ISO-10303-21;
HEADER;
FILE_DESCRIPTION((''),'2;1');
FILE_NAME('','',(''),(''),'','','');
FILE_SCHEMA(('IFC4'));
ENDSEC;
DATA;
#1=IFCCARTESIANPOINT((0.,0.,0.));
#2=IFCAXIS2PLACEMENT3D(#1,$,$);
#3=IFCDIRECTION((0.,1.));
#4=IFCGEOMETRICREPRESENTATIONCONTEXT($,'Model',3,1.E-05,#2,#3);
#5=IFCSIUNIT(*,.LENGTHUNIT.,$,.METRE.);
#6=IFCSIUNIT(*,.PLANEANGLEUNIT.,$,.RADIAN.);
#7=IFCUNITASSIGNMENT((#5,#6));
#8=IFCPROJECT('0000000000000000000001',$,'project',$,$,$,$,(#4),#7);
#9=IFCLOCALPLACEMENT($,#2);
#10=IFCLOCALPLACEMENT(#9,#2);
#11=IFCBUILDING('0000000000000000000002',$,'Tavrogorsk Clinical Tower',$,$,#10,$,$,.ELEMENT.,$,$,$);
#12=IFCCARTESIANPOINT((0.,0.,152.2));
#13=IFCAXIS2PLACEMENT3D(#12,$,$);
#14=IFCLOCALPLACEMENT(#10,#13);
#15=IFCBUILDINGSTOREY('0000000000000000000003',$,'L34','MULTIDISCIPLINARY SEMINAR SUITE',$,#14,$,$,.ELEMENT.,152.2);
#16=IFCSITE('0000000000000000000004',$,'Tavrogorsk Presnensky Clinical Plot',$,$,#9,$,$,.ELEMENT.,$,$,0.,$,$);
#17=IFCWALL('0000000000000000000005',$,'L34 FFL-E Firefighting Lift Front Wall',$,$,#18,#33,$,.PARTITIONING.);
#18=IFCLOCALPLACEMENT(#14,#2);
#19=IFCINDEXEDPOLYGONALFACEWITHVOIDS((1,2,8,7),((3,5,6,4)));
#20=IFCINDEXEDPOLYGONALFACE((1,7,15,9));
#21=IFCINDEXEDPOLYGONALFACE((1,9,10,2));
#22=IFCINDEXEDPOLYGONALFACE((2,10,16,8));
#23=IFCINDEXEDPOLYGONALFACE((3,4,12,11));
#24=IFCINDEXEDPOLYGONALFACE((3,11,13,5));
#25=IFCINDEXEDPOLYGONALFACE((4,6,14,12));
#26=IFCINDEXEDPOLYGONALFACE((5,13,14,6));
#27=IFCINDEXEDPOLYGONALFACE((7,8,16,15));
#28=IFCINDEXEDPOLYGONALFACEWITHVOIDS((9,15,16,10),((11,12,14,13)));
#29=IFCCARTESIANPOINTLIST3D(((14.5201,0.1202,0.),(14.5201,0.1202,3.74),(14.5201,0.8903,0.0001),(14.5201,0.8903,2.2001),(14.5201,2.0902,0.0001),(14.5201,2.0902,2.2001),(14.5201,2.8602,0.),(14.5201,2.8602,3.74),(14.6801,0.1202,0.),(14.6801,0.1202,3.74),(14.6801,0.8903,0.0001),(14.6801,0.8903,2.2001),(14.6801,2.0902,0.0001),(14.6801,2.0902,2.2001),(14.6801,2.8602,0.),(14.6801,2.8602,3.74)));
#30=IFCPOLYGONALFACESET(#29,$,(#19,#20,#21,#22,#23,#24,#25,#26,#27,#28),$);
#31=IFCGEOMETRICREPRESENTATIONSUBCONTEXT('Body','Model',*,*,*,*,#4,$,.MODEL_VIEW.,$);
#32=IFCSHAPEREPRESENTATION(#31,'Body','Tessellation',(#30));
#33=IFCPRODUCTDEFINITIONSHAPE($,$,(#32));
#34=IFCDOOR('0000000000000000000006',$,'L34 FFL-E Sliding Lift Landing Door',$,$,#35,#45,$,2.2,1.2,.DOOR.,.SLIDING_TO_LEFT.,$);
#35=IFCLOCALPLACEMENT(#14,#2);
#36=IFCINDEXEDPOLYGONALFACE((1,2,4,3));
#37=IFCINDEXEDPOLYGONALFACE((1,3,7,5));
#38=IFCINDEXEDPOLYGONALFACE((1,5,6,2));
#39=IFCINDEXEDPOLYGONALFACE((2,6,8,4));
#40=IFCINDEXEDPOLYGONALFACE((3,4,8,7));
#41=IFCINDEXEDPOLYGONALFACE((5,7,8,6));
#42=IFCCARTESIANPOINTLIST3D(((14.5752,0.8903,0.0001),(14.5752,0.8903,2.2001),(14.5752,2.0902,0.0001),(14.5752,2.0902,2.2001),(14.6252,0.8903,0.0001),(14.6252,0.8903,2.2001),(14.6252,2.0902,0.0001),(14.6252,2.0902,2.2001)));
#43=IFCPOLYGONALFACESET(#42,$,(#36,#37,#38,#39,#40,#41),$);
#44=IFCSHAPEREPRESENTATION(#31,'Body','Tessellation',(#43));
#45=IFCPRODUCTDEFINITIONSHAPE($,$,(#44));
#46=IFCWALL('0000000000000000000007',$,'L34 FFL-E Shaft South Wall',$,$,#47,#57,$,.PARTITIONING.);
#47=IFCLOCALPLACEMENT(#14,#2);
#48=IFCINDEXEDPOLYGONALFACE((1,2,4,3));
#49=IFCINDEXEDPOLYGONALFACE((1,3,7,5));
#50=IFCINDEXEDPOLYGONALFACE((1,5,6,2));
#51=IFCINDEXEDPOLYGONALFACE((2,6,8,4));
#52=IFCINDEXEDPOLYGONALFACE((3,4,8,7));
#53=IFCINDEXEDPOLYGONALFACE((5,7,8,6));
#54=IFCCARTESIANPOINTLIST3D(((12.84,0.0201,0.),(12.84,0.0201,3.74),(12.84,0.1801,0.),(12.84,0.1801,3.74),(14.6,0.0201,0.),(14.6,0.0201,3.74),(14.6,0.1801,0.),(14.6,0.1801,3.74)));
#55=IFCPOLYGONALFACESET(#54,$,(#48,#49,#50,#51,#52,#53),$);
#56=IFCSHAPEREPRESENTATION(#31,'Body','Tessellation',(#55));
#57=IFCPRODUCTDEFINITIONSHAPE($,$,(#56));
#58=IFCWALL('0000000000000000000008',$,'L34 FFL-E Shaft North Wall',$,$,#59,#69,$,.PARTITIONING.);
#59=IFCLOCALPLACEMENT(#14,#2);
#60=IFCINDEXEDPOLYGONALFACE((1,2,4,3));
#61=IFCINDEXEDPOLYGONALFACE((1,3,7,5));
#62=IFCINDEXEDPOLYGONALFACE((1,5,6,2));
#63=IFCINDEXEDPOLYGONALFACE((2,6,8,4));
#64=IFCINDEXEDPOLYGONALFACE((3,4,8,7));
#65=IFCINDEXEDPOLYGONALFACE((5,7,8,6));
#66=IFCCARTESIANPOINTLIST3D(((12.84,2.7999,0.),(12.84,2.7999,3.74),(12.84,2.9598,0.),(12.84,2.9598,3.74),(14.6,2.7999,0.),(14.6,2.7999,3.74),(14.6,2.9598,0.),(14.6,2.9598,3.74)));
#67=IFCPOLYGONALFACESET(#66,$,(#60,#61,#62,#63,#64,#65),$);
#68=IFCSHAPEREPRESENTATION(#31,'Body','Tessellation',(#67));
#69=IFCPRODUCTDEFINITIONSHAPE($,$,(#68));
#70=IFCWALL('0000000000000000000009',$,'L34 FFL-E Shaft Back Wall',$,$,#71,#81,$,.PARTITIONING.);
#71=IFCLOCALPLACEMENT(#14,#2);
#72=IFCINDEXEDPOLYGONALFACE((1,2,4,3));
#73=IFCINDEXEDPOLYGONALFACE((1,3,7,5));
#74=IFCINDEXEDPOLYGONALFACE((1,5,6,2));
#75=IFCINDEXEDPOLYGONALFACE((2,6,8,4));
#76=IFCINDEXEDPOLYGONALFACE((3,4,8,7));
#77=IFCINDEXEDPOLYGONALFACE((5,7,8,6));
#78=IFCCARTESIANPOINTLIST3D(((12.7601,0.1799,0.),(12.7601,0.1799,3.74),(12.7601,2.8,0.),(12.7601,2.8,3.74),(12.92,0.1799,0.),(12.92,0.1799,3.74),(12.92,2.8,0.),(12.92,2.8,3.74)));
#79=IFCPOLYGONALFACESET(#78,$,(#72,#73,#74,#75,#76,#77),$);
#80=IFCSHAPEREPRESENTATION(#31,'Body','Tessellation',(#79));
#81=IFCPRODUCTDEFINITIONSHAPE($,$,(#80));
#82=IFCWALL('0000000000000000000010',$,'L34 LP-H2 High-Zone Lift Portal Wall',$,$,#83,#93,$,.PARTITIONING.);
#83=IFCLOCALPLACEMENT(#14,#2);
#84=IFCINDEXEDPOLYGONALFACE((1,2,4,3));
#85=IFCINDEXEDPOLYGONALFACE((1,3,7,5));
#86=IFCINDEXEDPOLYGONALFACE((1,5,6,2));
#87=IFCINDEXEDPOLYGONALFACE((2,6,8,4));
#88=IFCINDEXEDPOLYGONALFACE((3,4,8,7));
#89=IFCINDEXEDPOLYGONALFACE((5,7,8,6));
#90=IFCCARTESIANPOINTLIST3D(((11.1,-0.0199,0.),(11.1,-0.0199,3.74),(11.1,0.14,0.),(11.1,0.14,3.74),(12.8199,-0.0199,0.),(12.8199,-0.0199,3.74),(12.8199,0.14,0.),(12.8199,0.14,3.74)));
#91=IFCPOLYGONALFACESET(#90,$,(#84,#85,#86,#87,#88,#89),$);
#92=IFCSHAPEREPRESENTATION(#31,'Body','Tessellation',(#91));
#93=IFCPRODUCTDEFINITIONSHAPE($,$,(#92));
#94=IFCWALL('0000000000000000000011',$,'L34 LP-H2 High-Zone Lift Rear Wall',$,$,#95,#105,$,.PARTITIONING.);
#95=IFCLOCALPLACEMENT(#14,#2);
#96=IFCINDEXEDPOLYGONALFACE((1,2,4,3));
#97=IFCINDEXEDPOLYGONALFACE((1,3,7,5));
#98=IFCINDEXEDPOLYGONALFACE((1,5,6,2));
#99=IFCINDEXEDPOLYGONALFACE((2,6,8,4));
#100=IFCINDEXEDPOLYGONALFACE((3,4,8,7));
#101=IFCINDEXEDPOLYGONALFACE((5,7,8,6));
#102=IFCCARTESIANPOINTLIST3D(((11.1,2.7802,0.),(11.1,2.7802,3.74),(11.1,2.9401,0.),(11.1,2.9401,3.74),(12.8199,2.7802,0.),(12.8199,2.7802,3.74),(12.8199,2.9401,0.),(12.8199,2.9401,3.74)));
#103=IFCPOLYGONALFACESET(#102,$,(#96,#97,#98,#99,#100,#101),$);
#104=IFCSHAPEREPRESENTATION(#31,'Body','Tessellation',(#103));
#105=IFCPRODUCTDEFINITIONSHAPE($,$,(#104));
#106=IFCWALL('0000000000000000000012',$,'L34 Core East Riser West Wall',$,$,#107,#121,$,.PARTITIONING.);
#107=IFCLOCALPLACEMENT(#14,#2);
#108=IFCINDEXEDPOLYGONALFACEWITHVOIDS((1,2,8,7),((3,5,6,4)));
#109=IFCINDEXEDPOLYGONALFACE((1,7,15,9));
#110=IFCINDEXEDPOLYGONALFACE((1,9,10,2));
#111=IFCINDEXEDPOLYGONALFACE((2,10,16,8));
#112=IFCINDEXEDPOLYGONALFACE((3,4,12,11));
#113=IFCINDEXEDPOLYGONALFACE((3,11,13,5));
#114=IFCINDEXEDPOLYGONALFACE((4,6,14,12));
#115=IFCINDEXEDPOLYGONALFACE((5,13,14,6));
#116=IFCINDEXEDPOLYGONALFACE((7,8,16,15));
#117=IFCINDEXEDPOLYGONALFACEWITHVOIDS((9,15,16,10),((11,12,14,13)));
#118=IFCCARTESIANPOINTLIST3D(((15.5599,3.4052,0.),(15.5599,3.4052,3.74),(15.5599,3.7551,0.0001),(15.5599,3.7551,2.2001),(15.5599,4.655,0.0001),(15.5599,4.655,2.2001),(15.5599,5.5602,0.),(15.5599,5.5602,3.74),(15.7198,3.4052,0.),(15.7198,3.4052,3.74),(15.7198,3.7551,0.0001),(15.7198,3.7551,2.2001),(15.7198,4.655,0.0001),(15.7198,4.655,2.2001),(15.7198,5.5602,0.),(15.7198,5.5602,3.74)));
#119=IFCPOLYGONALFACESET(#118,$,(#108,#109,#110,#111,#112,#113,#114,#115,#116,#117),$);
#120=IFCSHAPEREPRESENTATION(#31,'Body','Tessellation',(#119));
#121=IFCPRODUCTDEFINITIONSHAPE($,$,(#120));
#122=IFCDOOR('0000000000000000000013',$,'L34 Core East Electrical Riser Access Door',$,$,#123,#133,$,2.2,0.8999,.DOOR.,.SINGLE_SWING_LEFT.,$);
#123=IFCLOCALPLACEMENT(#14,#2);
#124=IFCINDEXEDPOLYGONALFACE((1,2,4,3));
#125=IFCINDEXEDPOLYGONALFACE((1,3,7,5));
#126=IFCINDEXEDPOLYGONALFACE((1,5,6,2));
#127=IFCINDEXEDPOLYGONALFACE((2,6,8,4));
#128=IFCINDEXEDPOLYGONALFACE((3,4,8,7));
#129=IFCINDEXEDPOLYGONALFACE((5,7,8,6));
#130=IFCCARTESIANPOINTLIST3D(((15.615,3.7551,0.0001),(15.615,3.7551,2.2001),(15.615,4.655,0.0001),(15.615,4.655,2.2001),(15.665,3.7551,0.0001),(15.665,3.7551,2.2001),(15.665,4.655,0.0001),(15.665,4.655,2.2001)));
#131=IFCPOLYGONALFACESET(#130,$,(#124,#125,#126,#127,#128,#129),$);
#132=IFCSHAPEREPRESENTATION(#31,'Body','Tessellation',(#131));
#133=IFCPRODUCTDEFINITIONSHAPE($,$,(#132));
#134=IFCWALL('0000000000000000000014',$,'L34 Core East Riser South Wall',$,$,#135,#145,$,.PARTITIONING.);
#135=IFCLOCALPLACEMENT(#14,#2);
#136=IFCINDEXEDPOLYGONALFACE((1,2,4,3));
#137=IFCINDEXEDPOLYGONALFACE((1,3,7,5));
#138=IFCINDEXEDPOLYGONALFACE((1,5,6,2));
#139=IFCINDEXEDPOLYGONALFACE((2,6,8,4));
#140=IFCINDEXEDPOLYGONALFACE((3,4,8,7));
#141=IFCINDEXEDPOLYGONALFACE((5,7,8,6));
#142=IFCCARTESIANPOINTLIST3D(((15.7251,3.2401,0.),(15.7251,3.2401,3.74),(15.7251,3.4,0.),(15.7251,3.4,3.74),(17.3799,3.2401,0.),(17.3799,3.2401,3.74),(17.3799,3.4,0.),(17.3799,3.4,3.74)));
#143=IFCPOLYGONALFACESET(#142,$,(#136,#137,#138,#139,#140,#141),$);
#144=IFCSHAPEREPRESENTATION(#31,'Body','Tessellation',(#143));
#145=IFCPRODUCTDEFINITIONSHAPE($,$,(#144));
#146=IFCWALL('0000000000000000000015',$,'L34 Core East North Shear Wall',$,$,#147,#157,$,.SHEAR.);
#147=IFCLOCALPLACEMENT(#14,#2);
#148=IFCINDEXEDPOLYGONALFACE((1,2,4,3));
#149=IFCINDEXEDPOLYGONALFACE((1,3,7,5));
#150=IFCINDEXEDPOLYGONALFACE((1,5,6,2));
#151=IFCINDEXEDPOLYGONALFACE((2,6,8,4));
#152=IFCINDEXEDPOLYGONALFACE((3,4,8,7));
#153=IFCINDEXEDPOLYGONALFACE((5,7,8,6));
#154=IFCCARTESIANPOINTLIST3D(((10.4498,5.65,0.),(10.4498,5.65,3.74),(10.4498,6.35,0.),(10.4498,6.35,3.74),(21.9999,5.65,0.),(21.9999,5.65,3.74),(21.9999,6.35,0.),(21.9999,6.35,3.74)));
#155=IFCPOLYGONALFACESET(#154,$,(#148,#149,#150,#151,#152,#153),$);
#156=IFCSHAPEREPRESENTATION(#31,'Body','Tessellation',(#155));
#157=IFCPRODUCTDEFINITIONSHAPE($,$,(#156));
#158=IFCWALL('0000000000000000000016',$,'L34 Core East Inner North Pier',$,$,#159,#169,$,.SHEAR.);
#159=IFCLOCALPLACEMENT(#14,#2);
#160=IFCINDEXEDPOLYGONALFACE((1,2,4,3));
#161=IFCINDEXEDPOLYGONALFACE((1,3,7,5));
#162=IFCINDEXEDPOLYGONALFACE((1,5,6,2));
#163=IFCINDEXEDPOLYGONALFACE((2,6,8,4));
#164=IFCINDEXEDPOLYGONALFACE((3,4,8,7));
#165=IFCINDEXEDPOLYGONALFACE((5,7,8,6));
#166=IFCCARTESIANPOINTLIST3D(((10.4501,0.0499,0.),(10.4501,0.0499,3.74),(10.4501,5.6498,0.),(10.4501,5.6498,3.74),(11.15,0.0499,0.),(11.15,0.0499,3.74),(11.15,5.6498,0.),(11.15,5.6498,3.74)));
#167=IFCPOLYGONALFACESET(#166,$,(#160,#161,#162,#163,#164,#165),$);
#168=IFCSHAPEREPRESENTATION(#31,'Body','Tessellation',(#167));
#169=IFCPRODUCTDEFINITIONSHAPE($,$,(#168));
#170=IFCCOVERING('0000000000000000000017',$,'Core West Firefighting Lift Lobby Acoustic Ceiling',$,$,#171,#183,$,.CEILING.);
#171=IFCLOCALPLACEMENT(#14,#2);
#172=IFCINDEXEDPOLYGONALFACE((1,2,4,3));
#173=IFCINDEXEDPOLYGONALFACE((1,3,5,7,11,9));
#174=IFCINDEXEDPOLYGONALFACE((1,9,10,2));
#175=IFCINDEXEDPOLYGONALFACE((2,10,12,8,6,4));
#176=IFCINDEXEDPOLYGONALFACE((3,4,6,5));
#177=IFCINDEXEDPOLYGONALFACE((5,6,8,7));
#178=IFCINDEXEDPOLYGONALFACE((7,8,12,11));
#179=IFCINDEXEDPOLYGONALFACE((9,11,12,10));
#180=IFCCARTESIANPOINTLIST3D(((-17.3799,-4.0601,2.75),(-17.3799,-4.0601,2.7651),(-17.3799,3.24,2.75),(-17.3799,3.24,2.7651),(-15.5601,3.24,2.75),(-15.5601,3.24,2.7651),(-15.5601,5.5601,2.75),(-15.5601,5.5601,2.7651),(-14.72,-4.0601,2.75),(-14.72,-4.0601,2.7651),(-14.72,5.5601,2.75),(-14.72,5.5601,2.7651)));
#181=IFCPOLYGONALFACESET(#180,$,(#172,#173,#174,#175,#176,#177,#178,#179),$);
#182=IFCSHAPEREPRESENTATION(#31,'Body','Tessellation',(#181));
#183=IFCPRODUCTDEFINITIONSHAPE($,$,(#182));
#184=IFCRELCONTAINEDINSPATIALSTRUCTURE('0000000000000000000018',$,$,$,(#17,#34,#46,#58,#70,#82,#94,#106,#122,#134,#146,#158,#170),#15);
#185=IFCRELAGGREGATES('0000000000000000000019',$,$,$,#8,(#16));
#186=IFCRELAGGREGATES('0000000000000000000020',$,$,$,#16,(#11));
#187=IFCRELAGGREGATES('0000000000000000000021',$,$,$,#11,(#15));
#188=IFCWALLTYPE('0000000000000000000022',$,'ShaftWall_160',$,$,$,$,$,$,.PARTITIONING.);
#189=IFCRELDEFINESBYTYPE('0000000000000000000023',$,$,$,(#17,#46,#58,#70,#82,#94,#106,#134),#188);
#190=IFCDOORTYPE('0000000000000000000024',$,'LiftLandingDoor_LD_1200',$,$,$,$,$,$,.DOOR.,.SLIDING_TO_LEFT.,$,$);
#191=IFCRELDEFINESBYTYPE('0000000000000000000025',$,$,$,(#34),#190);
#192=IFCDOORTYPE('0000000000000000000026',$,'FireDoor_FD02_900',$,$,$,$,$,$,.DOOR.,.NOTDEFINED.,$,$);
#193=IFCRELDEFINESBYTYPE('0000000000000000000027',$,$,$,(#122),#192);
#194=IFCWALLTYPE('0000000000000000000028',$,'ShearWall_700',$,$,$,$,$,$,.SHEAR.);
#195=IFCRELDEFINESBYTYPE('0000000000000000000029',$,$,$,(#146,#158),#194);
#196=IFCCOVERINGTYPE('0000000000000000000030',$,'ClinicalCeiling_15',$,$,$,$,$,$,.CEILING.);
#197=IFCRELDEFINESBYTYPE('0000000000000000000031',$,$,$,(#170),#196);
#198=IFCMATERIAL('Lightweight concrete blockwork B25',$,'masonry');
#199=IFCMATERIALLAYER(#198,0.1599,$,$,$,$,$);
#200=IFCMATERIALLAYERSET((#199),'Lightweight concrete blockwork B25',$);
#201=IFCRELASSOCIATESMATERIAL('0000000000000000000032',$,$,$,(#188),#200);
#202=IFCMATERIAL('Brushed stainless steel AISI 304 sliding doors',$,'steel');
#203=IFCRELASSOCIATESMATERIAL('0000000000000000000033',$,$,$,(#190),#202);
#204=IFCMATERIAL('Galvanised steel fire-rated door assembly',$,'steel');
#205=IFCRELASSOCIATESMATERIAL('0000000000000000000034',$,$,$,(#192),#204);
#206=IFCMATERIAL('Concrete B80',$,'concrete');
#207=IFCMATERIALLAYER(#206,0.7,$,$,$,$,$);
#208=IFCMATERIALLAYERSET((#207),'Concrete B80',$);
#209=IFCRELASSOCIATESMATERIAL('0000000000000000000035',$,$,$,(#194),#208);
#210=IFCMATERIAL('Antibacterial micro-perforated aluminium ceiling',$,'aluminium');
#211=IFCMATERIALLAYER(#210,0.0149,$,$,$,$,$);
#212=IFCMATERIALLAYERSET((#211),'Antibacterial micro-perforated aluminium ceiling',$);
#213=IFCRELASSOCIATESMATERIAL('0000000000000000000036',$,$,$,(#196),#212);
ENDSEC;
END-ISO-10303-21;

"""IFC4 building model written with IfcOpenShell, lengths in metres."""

from ifc_helpers import new_model, si_unit, direction, frame, frame_2d, origin, place, context, subcontext, project, spatial, polyline, rectangle, outline, extrude, material, layer, layer_set, type_object, element, fill, save


model = new_model("IFC4")

# Units and contexts
model_context = context("Model", 3, precision=1e-05, world=origin(), true_north=direction((0.0, 1.0)))
body_context = subcontext(model_context, "Body", "Model", "MODEL_VIEW")
ifc_project = project(units=[si_unit("LENGTHUNIT", "METRE"), si_unit("PLANEANGLEUNIT", "RADIAN")], contexts=[model_context])

# Site, building, storey
site_placement = place(None, origin())
site = spatial("IfcSite", under=ifc_project, at=site_placement, Name="Tavrogorsk Presnensky Clinical Plot", CompositionType="ELEMENT", RefElevation=0.0)
building_placement = place(site_placement, origin())
building = spatial("IfcBuilding", under=site, at=building_placement, Name="Tavrogorsk Clinical Tower", CompositionType="ELEMENT")
storey_placement = place(building_placement, frame((0.0, 0.0, 152.2)))
storey = spatial("IfcBuildingStorey", under=building, at=storey_placement, Name="L34", Description="MULTIDISCIPLINARY SEMINAR SUITE", CompositionType="ELEMENT", Elevation=152.2)

# Wall, opening, door
ifc_material_1 = material(Name="Lightweight concrete blockwork B25", Category="masonry")
ifc_layer_1 = layer(ifc_material_1, 0.1599)
ifc_layer_set_1 = layer_set([ifc_layer_1], Name="Lightweight concrete blockwork B25")
wall_type_1 = type_object("IfcWallType", Name="ShaftWall_160", PredefinedType="PARTITIONING", material=ifc_layer_set_1)
wall_1_placement = place(storey_placement, frame((14.6001, 0.1201, 0.0), z_axis=(0.0, 0.0, 1.0), x_axis=(0.0, 1.0, 0.0)))
wall_1 = element("IfcWall", 1, at=wall_1_placement, inside=storey, type_object=wall_type_1, Name="L34 FFL-E Firefighting Lift Front Wall", PredefinedType="PARTITIONING", context=body_context, shape_type="SweptSolid", body=[
    extrude(rectangle(XDim=2.74, YDim=0.1599, at=frame_2d((1.3701, 0.0))), origin(), (0.0, 0.0, 1.0), 3.74),
])
opening_1_placement = place(wall_1_placement, frame((0.77, 0.0, 0.0)))
opening_1 = element("IfcOpeningElement", 2, at=opening_1_placement, cuts=wall_1, PredefinedType="OPENING", context=body_context, shape_type="SweptSolid", body=[
    extrude(rectangle(XDim=1.2, YDim=2.2, at=frame_2d((0.6001, 1.1001))), frame((0.0, 0.0898, 0.0), z_axis=(0.0, -1.0, 0.0), x_axis=(1.0, 0.0, 0.0)), (0.0, 0.0, 1.0), 0.1799),
])
ifc_material_2 = material(Name="Brushed stainless steel AISI 304 sliding doors", Category="steel")
door_type_1 = type_object("IfcDoorType", Name="LiftLandingDoor_LD_1200", OperationType="SLIDING_TO_LEFT", PredefinedType="DOOR", material=ifc_material_2)
door_1_placement = place(opening_1_placement, origin())
door_1 = element("IfcDoor", 3, at=door_1_placement, inside=storey, type_object=door_type_1, Name="L34 FFL-E Sliding Lift Landing Door", OperationType="SLIDING_TO_LEFT", OverallHeight=2.2, OverallWidth=1.2, PredefinedType="DOOR", context=body_context, shape_type="SweptSolid", body=[
    extrude(rectangle(XDim=1.2, YDim=2.2, at=frame_2d((0.6001, 1.1001))), frame((0.0, 0.0249, 0.0), z_axis=(0.0, -1.0, 0.0), x_axis=(1.0, 0.0, 0.0)), (0.0, 0.0, 1.0), 0.05),
])
fill(opening_1, door_1)

# Walls
for number, where, z_axis, x_axis, name in (
    (4, (12.8401, 0.1001, 0.0), (0.0, 0.0, 1.0), (1.0, 0.0, 0.0), "L34 FFL-E Shaft South Wall"),
    (5, (12.8401, 2.8799, 0.0), (0.0, 0.0, 1.0), (1.0, 0.0, 0.0), "L34 FFL-E Shaft North Wall"),
):
    element("IfcWall", number, at=place(storey_placement, frame(where, z_axis=z_axis, x_axis=x_axis)), inside=storey, type_object=wall_type_1, Name=name, PredefinedType="PARTITIONING", context=body_context, shape_type="SweptSolid", body=[
        extrude(rectangle(XDim=1.76, YDim=0.1599, at=frame_2d((0.8799, 0.0))), origin(), (0.0, 0.0, 1.0), 3.74),
    ])
wall_2_placement = place(storey_placement, frame((12.8401, 0.1799, 0.0), z_axis=(0.0, 0.0, 1.0), x_axis=(0.0, 1.0, 0.0)))
element("IfcWall", 6, at=wall_2_placement, inside=storey, type_object=wall_type_1, Name="L34 FFL-E Shaft Back Wall", PredefinedType="PARTITIONING", context=body_context, shape_type="SweptSolid", body=[
    extrude(rectangle(XDim=2.6201, YDim=0.1599, at=frame_2d((1.3101, 0.0))), origin(), (0.0, 0.0, 1.0), 3.74),
])
for number, where, z_axis, x_axis, name in (
    (7, (11.1001, 0.0601, 0.0), (0.0, 0.0, 1.0), (1.0, 0.0, 0.0), "L34 LP-H2 High-Zone Lift Portal Wall"),
    (8, (11.1001, 2.8601, 0.0), (0.0, 0.0, 1.0), (1.0, 0.0, 0.0), "L34 LP-H2 High-Zone Lift Rear Wall"),
):
    element("IfcWall", number, at=place(storey_placement, frame(where, z_axis=z_axis, x_axis=x_axis)), inside=storey, type_object=wall_type_1, Name=name, PredefinedType="PARTITIONING", context=body_context, shape_type="SweptSolid", body=[
        extrude(rectangle(XDim=1.72, YDim=0.1599, at=frame_2d((0.8599, 0.0))), origin(), (0.0, 0.0, 1.0), 3.74),
    ])

# Wall, opening, door
wall_3_placement = place(storey_placement, frame((15.6399, 3.405, 0.0), z_axis=(0.0, 0.0, 1.0), x_axis=(0.0, 1.0, 0.0)))
wall_3 = element("IfcWall", 9, at=wall_3_placement, inside=storey, type_object=wall_type_1, Name="L34 Core East Riser West Wall", PredefinedType="PARTITIONING", context=body_context, shape_type="SweptSolid", body=[
    extrude(rectangle(XDim=2.155, YDim=0.1599, at=frame_2d((1.0776, 0.0))), origin(), (0.0, 0.0, 1.0), 3.74),
])
opening_2_placement = place(wall_3_placement, frame((0.3501, 0.0, 0.0)))
opening_2 = element("IfcOpeningElement", 10, at=opening_2_placement, cuts=wall_3, PredefinedType="OPENING", context=body_context, shape_type="SweptSolid", body=[
    extrude(rectangle(XDim=0.8999, YDim=2.2, at=frame_2d((0.45, 1.1001))), frame((0.0, 0.0898, 0.0), z_axis=(0.0, -1.0, 0.0), x_axis=(1.0, 0.0, 0.0)), (0.0, 0.0, 1.0), 0.1799),
])
ifc_material_3 = material(Name="Galvanised steel fire-rated door assembly", Category="steel")
door_type_2 = type_object("IfcDoorType", Name="FireDoor_FD02_900", OperationType="NOTDEFINED", PredefinedType="DOOR", material=ifc_material_3)
door_2_placement = place(opening_2_placement, origin())
door_2 = element("IfcDoor", 11, at=door_2_placement, inside=storey, type_object=door_type_2, Name="L34 Core East Electrical Riser Access Door", OperationType="SINGLE_SWING_LEFT", OverallHeight=2.2, OverallWidth=0.8999, PredefinedType="DOOR", context=body_context, shape_type="SweptSolid", body=[
    extrude(rectangle(XDim=0.8999, YDim=2.2, at=frame_2d((0.45, 1.1001))), frame((0.0, 0.0249, 0.0), z_axis=(0.0, -1.0, 0.0), x_axis=(1.0, 0.0, 0.0)), (0.0, 0.0, 1.0), 0.05),
])
fill(opening_2, door_2)

# Walls
wall_4_placement = place(storey_placement, frame((15.7251, 3.3201, 0.0), z_axis=(0.0, 0.0, 1.0), x_axis=(1.0, 0.0, 0.0)))
element("IfcWall", 12, at=wall_4_placement, inside=storey, type_object=wall_type_1, Name="L34 Core East Riser South Wall", PredefinedType="PARTITIONING", context=body_context, shape_type="SweptSolid", body=[
    extrude(rectangle(XDim=1.6548, YDim=0.1599, at=frame_2d((0.8274, 0.0))), origin(), (0.0, 0.0, 1.0), 3.74),
])
ifc_material_4 = material(Name="Concrete B80", Category="concrete")
ifc_layer_2 = layer(ifc_material_4, 0.7)
ifc_layer_set_2 = layer_set([ifc_layer_2], Name="Concrete B80")
wall_type_2 = type_object("IfcWallType", Name="ShearWall_700", PredefinedType="SHEAR", material=ifc_layer_set_2)
wall_5_placement = place(storey_placement, frame((10.45, 6.0, 0.0), z_axis=(0.0, 0.0, 1.0), x_axis=(1.0, 0.0, 0.0)))
element("IfcWall", 13, at=wall_5_placement, inside=storey, type_object=wall_type_2, Name="L34 Core East North Shear Wall", PredefinedType="SHEAR", context=body_context, shape_type="SweptSolid", body=[
    extrude(rectangle(XDim=11.55, YDim=0.7, at=frame_2d((5.7749, 0.0))), origin(), (0.0, 0.0, 1.0), 3.74),
])
wall_6_placement = place(storey_placement, frame((10.8, 0.05, 0.0), z_axis=(0.0, 0.0, 1.0), x_axis=(0.0, 1.0, 0.0)))
element("IfcWall", 14, at=wall_6_placement, inside=storey, type_object=wall_type_2, Name="L34 Core East Inner North Pier", PredefinedType="SHEAR", context=body_context, shape_type="SweptSolid", body=[
    extrude(rectangle(XDim=5.5999, YDim=0.7, at=frame_2d((2.7998, 0.0))), origin(), (0.0, 0.0, 1.0), 3.74),
])

# Covering
ifc_material_5 = material(Name="Antibacterial micro-perforated aluminium ceiling", Category="aluminium")
ifc_layer_3 = layer(ifc_material_5, 0.0149)
ifc_layer_set_3 = layer_set([ifc_layer_3], Name="Antibacterial micro-perforated aluminium ceiling")
covering_type_1 = type_object("IfcCoveringType", Name="ClinicalCeiling_15", PredefinedType="CEILING", material=ifc_layer_set_3)
covering_1_placement = place(storey_placement, frame((0.0, 0.0, 2.75)))
element("IfcCovering", 15, at=covering_1_placement, inside=storey, type_object=covering_type_1, Name="Core West Firefighting Lift Lobby Acoustic Ceiling", PredefinedType="CEILING", context=body_context, shape_type="SweptSolid", body=[
    extrude(outline(polyline([(-14.72, 5.5601), (-14.72, -4.0601), (-17.3799, -4.0601), (-17.3799, 3.24), (-15.5601, 3.24), (-15.5601, 5.5601), (-14.72, 5.5601)])), origin(), (0.0, 0.0, 1.0), 0.0151),
])

save(model, "model.ifc")
